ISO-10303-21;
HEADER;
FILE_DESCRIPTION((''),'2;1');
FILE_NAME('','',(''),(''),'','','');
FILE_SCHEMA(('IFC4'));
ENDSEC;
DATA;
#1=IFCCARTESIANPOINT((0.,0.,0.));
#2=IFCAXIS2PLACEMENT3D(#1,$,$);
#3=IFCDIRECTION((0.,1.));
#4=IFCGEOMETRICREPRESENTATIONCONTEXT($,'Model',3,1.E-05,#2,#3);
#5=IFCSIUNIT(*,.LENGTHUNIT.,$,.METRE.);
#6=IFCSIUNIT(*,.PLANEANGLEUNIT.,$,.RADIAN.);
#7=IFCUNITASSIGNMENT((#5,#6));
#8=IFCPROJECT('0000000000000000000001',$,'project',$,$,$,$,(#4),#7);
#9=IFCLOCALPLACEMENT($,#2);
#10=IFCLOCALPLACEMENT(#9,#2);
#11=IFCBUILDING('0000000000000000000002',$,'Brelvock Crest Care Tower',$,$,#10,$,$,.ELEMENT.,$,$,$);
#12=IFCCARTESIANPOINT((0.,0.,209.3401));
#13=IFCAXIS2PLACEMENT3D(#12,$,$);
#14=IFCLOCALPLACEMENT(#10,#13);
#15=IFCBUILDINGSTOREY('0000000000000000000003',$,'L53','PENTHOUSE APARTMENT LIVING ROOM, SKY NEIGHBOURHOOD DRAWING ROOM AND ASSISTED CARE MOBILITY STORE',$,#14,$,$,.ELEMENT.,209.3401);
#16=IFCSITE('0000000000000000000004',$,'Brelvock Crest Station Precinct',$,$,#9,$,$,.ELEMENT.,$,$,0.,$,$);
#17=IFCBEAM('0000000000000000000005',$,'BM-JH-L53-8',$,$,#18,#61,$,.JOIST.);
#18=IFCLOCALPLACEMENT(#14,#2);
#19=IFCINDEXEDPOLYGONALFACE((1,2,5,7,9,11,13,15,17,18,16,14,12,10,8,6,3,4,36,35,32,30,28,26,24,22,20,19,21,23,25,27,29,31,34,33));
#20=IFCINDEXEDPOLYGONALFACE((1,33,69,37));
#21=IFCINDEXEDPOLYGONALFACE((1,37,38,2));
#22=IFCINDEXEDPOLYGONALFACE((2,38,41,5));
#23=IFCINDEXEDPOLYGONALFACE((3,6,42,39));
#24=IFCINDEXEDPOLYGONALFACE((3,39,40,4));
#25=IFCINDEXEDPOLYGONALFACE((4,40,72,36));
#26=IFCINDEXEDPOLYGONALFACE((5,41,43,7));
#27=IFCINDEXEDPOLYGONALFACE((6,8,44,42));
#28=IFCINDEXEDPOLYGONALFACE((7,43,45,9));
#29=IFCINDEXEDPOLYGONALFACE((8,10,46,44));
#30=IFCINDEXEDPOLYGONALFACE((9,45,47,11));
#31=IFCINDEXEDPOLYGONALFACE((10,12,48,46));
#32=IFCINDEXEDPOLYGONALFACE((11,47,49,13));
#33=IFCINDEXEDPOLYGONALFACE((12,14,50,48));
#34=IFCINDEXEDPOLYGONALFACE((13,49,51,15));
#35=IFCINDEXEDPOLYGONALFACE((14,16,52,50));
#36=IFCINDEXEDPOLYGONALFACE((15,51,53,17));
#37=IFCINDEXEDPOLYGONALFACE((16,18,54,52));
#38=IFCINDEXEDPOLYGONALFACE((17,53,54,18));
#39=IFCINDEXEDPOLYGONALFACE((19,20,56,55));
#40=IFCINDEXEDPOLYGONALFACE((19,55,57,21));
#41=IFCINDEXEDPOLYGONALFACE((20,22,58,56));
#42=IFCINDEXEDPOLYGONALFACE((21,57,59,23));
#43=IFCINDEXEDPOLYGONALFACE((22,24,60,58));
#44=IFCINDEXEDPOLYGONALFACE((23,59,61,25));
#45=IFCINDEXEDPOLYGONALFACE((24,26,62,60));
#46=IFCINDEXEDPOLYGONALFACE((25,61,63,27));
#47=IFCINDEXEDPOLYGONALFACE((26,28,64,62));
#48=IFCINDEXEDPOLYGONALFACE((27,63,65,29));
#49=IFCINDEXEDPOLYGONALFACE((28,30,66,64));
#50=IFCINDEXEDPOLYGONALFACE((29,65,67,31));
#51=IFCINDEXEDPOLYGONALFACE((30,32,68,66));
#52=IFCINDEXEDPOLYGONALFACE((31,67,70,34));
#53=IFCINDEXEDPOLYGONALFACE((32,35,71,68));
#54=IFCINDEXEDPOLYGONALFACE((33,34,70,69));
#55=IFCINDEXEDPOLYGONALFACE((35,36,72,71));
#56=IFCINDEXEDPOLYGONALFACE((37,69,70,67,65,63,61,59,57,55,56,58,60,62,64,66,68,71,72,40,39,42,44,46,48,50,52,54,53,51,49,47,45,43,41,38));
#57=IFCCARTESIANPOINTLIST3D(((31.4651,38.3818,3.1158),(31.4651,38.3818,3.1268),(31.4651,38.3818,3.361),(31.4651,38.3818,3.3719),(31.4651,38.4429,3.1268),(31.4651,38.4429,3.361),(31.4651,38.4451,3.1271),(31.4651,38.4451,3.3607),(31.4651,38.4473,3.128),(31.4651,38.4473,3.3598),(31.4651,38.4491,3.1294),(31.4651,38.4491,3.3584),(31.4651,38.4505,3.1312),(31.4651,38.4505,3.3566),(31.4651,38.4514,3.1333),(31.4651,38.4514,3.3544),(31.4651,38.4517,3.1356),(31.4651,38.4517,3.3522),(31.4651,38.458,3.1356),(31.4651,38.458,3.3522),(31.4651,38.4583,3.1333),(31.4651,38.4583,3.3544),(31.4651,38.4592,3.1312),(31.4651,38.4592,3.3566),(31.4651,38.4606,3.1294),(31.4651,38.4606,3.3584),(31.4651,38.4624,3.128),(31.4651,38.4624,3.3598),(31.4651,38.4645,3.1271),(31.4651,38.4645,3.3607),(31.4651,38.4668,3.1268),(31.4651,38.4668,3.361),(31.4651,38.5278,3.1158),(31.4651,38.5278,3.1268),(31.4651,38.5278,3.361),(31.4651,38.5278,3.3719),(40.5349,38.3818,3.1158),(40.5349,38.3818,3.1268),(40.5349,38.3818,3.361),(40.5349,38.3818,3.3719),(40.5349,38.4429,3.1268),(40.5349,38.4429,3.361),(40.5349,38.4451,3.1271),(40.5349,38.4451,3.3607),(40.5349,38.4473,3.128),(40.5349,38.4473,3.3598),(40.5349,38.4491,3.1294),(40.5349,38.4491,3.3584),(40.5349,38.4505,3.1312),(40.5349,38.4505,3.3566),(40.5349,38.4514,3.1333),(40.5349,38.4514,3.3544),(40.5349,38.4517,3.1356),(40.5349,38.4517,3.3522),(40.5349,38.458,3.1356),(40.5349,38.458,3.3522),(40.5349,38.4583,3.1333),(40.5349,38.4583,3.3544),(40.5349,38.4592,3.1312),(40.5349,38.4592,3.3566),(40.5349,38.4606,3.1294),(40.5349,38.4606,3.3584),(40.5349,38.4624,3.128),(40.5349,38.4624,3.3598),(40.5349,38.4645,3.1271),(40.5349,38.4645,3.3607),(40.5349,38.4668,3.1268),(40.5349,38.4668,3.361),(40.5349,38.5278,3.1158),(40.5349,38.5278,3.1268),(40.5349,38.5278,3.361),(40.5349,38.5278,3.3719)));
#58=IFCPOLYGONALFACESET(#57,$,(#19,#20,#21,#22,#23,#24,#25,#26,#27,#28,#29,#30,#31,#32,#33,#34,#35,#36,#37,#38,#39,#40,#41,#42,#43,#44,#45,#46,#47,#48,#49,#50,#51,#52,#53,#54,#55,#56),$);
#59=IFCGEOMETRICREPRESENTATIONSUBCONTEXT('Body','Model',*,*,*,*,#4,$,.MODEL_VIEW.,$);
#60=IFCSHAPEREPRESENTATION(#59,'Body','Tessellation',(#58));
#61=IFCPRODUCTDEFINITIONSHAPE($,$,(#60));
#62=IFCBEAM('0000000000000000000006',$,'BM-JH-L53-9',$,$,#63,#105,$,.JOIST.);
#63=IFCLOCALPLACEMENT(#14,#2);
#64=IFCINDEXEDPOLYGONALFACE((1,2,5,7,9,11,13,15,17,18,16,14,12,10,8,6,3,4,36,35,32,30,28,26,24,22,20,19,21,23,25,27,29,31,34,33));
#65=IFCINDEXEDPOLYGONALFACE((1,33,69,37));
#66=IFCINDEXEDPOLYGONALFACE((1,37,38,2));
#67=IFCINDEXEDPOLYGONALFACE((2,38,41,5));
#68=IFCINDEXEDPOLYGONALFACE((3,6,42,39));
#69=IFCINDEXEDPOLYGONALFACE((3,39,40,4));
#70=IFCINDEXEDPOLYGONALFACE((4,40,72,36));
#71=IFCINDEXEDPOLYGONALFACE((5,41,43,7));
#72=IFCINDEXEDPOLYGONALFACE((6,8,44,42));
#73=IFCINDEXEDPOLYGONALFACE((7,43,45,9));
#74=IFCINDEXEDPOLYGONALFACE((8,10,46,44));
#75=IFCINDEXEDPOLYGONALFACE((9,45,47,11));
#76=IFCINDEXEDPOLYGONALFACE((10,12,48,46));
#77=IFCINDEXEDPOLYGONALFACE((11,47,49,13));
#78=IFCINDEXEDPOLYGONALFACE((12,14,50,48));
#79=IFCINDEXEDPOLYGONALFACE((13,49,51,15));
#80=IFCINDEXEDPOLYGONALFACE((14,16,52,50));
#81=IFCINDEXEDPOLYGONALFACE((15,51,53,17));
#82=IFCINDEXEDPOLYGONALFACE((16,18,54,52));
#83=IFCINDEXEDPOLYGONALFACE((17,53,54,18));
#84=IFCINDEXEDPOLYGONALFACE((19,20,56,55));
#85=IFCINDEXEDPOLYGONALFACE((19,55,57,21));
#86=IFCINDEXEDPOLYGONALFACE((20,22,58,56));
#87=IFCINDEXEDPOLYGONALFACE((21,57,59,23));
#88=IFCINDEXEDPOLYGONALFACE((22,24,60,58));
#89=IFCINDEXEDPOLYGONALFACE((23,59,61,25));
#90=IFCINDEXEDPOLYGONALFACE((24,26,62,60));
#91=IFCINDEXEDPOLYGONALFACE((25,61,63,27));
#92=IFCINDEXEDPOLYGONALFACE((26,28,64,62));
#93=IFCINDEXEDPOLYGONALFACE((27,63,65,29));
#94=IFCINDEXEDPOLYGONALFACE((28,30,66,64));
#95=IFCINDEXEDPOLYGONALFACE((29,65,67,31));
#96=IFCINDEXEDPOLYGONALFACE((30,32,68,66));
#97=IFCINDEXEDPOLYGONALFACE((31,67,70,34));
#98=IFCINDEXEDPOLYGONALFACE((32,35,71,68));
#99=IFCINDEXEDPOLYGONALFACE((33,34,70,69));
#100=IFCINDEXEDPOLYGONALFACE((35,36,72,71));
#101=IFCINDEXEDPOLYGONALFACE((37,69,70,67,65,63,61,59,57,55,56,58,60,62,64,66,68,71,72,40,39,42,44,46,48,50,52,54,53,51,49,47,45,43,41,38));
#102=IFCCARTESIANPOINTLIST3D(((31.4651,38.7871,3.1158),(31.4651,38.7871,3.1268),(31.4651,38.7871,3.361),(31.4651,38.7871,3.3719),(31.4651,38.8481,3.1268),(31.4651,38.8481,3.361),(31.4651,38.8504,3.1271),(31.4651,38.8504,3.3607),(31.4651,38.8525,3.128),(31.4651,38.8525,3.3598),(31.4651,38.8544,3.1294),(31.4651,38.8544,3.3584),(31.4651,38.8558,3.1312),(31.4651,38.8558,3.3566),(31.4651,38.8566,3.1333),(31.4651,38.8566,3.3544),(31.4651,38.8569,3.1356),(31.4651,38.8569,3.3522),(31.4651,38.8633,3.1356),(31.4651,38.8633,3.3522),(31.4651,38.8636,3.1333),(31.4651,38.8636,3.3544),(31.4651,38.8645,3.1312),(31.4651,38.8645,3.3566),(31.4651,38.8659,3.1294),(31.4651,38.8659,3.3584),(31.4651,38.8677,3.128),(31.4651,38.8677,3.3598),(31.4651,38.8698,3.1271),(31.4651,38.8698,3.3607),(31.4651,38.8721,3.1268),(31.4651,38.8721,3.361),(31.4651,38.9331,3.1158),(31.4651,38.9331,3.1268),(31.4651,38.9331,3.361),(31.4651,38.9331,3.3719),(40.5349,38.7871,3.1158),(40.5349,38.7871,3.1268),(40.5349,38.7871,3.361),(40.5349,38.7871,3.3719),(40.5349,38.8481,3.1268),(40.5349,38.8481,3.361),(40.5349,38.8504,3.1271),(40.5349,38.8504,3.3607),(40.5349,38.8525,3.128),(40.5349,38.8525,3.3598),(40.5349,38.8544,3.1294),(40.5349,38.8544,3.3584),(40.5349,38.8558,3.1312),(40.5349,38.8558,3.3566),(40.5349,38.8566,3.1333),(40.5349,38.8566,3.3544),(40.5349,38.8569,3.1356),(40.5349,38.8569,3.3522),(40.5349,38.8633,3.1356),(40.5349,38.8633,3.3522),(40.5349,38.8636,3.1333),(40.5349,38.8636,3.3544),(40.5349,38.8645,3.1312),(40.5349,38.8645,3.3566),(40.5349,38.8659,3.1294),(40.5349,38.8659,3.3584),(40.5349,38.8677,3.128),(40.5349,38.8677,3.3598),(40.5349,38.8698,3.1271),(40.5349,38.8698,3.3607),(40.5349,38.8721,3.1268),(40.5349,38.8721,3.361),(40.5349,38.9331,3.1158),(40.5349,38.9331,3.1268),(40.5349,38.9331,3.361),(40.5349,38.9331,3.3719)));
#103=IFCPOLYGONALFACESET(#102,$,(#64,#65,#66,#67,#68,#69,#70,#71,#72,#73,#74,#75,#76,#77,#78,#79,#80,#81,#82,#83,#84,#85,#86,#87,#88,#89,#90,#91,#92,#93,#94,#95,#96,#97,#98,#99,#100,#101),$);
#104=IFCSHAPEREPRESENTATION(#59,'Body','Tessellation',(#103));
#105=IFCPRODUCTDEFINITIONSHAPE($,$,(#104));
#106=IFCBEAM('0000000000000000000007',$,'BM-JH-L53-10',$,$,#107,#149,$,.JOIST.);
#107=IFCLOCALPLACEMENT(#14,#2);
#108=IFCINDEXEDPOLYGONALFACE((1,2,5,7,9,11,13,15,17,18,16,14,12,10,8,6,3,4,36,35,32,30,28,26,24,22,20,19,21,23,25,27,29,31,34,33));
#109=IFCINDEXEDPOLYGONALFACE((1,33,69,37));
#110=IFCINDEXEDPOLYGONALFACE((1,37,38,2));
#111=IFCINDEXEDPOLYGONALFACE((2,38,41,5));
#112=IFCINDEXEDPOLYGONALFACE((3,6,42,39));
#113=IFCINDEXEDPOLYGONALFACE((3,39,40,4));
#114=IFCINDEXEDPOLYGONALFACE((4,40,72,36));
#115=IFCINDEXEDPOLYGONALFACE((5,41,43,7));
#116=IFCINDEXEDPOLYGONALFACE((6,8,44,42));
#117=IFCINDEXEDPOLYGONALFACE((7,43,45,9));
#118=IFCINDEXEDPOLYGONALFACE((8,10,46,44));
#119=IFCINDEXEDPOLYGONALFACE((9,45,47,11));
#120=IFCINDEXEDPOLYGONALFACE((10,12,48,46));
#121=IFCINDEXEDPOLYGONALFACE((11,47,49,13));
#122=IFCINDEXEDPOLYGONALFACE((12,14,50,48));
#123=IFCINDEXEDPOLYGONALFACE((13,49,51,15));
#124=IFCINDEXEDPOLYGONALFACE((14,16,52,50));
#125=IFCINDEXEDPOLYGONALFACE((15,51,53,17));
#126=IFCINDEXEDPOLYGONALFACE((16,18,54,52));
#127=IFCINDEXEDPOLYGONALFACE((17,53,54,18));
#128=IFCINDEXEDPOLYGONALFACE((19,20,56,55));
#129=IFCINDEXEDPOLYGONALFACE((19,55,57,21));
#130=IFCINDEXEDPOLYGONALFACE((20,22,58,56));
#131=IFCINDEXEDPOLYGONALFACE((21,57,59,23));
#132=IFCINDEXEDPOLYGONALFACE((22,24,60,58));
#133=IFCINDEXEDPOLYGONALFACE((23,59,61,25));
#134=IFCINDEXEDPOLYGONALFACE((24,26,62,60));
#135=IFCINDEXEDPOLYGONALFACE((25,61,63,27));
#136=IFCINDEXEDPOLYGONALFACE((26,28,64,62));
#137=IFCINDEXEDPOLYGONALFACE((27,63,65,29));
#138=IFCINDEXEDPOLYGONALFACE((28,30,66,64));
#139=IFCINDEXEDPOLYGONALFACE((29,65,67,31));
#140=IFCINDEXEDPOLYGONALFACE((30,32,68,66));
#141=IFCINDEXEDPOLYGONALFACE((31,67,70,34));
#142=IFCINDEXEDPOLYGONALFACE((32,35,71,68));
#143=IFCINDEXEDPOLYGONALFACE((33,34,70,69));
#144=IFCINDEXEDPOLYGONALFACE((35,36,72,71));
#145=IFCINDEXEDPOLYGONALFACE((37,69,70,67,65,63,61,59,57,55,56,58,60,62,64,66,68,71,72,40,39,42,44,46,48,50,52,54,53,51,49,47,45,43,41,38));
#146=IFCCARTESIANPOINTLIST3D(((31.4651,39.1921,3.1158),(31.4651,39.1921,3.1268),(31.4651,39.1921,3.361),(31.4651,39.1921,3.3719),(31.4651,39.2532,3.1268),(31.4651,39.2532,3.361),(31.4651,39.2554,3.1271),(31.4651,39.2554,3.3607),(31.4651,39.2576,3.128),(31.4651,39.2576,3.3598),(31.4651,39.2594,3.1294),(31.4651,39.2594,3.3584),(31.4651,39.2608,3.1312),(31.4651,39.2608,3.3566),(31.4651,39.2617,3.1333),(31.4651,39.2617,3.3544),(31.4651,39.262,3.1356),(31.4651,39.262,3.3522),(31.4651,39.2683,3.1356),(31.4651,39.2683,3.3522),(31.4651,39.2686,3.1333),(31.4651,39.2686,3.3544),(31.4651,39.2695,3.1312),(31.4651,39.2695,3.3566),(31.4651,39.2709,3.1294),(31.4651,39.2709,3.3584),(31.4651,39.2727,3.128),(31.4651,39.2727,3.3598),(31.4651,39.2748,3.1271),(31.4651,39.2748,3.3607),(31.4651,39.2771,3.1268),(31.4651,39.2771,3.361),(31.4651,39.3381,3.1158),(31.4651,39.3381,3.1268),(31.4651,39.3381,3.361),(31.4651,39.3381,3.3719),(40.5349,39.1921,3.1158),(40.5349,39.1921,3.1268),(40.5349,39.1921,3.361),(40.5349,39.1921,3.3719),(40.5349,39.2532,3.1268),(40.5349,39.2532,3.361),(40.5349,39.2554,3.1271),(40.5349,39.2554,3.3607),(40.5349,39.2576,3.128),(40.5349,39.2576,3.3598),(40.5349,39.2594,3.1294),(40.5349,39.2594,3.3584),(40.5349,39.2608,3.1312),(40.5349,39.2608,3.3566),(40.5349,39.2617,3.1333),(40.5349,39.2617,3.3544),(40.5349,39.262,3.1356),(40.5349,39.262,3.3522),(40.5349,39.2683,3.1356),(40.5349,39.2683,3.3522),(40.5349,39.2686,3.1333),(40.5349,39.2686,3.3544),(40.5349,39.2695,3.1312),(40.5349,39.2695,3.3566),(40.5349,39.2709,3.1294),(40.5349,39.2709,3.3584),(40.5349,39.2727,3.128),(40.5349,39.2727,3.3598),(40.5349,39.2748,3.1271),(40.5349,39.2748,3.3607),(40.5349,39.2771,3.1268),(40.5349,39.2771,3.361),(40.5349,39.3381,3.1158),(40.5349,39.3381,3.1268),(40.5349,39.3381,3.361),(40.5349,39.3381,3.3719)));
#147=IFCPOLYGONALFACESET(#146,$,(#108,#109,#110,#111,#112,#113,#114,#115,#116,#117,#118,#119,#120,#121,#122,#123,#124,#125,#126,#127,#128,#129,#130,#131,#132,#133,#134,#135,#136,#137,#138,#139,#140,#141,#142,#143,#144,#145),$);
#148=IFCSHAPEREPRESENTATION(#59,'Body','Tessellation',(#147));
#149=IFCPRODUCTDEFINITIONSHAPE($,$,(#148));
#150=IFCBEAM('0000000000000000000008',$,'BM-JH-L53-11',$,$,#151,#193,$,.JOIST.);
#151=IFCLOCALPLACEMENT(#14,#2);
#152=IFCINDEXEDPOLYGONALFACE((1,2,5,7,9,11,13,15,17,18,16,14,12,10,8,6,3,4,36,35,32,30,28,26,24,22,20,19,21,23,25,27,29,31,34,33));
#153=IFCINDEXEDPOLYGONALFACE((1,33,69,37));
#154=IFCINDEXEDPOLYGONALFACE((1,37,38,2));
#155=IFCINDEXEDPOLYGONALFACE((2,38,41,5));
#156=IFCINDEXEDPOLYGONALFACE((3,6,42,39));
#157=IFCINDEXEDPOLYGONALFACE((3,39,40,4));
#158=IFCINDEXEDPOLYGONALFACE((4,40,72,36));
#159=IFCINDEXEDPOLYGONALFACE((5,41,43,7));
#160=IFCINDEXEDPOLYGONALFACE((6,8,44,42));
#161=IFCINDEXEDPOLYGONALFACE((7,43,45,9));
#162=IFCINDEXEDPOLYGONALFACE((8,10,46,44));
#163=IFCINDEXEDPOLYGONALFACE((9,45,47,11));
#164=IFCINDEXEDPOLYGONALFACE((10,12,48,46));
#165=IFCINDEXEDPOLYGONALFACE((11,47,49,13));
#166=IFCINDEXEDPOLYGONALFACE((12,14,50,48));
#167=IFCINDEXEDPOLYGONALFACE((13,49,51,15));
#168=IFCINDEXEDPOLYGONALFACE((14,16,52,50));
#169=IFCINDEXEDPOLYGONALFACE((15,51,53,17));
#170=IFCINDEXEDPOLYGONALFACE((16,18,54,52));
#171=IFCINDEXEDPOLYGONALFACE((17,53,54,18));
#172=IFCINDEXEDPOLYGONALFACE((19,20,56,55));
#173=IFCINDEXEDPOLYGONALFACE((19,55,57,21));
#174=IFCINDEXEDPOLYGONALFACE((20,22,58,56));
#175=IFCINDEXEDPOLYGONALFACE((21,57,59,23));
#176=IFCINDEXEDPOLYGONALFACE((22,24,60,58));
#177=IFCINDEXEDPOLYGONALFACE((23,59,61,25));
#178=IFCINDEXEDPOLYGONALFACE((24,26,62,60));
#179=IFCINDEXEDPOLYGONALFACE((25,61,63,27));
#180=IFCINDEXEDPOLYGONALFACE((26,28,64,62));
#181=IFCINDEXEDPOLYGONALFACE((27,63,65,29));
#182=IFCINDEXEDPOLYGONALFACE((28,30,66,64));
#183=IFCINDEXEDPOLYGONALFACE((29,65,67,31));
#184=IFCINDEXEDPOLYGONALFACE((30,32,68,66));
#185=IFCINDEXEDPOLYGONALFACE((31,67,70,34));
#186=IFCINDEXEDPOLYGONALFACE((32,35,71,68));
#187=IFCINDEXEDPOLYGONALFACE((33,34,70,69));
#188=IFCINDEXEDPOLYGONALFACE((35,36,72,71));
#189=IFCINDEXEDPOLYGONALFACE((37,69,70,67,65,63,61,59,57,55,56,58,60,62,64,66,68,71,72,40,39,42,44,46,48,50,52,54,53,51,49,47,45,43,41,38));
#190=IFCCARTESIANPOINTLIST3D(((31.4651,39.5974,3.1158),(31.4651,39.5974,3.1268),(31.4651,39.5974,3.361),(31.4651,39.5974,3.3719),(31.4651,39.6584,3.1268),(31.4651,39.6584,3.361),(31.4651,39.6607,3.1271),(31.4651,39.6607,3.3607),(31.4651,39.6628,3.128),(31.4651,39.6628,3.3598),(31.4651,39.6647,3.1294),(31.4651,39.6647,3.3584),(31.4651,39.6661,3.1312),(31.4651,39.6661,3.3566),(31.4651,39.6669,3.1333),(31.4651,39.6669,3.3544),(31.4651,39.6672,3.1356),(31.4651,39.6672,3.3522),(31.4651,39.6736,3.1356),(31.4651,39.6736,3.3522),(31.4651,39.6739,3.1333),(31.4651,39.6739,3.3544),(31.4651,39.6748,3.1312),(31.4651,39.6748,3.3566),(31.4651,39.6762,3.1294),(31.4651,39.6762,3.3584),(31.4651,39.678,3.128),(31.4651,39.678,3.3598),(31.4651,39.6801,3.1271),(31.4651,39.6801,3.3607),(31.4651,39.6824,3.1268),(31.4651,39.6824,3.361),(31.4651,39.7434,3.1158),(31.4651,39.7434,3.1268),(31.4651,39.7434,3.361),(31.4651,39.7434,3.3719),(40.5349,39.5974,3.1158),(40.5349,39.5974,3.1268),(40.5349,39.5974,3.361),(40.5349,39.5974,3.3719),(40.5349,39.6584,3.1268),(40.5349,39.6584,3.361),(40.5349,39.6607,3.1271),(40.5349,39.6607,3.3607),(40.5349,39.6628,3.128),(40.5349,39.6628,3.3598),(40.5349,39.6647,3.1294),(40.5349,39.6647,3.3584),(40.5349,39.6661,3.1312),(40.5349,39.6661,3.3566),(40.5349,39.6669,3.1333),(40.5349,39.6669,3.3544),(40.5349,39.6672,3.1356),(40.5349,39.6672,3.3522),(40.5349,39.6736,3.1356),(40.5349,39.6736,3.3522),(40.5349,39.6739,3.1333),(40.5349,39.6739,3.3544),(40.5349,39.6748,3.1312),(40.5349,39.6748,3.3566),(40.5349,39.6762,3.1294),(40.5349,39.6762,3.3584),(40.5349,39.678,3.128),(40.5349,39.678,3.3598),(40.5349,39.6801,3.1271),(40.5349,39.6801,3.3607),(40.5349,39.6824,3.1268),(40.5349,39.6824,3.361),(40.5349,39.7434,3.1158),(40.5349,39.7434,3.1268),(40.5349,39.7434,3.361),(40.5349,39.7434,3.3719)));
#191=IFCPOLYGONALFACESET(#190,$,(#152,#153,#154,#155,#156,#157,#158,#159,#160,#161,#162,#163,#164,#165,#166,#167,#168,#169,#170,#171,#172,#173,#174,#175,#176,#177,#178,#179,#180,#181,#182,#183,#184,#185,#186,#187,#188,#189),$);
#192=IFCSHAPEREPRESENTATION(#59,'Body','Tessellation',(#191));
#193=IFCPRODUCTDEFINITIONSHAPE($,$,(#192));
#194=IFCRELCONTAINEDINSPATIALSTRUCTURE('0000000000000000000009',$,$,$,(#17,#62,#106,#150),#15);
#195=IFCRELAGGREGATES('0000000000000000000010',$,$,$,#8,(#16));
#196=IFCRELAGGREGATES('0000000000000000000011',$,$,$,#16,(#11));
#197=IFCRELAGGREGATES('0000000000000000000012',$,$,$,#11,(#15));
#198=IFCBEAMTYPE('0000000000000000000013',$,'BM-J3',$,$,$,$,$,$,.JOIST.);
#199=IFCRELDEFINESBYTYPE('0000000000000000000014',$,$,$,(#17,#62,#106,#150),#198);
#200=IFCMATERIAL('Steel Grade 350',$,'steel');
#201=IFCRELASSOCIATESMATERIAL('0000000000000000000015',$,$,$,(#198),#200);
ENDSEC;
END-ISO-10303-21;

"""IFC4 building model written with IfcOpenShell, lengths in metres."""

from ifc_helpers import new_model, si_unit, direction, frame, origin, origin_2d, place, context, subcontext, project, spatial, i_section, extrude, source, transform, mapped, material, material_profile, profile_set, type_object, element, save


model = new_model("IFC4")

# Units and contexts
model_context = context("Model", 3, precision=1e-05, world=origin(), true_north=direction((0.0, 1.0)))
body_context = subcontext(model_context, "Body", "Model", "MODEL_VIEW")
ifc_project = project(units=[si_unit("LENGTHUNIT", "METRE"), si_unit("PLANEANGLEUNIT", "RADIAN")], contexts=[model_context])

# Site, building, storey
site_placement = place(None, origin())
site = spatial("IfcSite", under=ifc_project, at=site_placement, Name="Brelvock Crest Station Precinct", CompositionType="ELEMENT", RefElevation=0.0)
building_placement = place(site_placement, origin())
building = spatial("IfcBuilding", under=site, at=building_placement, Name="Brelvock Crest Care Tower", CompositionType="ELEMENT")
storey_placement = place(building_placement, frame((0.0, 0.0, 209.3401)))
storey = spatial("IfcBuildingStorey", under=building, at=storey_placement, Name="L53", Description="PENTHOUSE APARTMENT LIVING ROOM, SKY NEIGHBOURHOOD DRAWING ROOM AND ASSISTED CARE MOBILITY STORE", CompositionType="ELEMENT", Elevation=209.3401)

# Beams
ifc_material_1 = material(Name="Steel Grade 350", Category="steel")
ifc_material_profile_1 = material_profile(ifc_material_1, i_section(OverallWidth=0.146, OverallDepth=0.2561, WebThickness=0.0063, FlangeThickness=0.011, FilletRadius=0.0088, at=origin_2d()), Name="250UB37.3")
ifc_profile_set_1 = profile_set([ifc_material_profile_1], Name="Steel Grade 350")
beam_type_1 = type_object("IfcBeamType", Name="BM-J3", PredefinedType="JOIST", material=ifc_profile_set_1)
shared_shape_1 = source(origin(), body_context, "Body", "SweptSolid", [
    extrude(i_section(OverallWidth=0.146, OverallDepth=0.2561, WebThickness=0.0063, FlangeThickness=0.011, FilletRadius=0.0088, at=origin_2d()), origin(), (0.0, 0.0, 1.0), 9.0698),
])
for number, where, z_axis, x_axis, name in (
    (1, (31.4651, 38.4548, 3.2439), (1.0, 0.0, 0.0), (0.0, 1.0, 0.0), "BM-JH-L53-8"),
    (2, (31.4651, 38.8601, 3.2439), (1.0, 0.0, 0.0), (0.0, 1.0, 0.0), "BM-JH-L53-9"),
    (3, (31.4651, 39.2651, 3.2439), (1.0, 0.0, 0.0), (0.0, 1.0, 0.0), "BM-JH-L53-10"),
    (4, (31.4651, 39.6704, 3.2439), (1.0, 0.0, 0.0), (0.0, 1.0, 0.0), "BM-JH-L53-11"),
):
    element("IfcBeam", number, at=place(storey_placement, frame(where, z_axis=z_axis, x_axis=x_axis)), inside=storey, type_object=beam_type_1, Name=name, PredefinedType="JOIST", context=body_context, shape_type="MappedRepresentation", body=[
        mapped(shared_shape_1, transform((0.0, 0.0, 0.0), x_axis=(1.0, 0.0, 0.0), y_axis=(0.0, 1.0, 0.0), z_axis=(0.0, 0.0, 1.0), scale=1.0)),
    ])

save(model, "model.ifc")
